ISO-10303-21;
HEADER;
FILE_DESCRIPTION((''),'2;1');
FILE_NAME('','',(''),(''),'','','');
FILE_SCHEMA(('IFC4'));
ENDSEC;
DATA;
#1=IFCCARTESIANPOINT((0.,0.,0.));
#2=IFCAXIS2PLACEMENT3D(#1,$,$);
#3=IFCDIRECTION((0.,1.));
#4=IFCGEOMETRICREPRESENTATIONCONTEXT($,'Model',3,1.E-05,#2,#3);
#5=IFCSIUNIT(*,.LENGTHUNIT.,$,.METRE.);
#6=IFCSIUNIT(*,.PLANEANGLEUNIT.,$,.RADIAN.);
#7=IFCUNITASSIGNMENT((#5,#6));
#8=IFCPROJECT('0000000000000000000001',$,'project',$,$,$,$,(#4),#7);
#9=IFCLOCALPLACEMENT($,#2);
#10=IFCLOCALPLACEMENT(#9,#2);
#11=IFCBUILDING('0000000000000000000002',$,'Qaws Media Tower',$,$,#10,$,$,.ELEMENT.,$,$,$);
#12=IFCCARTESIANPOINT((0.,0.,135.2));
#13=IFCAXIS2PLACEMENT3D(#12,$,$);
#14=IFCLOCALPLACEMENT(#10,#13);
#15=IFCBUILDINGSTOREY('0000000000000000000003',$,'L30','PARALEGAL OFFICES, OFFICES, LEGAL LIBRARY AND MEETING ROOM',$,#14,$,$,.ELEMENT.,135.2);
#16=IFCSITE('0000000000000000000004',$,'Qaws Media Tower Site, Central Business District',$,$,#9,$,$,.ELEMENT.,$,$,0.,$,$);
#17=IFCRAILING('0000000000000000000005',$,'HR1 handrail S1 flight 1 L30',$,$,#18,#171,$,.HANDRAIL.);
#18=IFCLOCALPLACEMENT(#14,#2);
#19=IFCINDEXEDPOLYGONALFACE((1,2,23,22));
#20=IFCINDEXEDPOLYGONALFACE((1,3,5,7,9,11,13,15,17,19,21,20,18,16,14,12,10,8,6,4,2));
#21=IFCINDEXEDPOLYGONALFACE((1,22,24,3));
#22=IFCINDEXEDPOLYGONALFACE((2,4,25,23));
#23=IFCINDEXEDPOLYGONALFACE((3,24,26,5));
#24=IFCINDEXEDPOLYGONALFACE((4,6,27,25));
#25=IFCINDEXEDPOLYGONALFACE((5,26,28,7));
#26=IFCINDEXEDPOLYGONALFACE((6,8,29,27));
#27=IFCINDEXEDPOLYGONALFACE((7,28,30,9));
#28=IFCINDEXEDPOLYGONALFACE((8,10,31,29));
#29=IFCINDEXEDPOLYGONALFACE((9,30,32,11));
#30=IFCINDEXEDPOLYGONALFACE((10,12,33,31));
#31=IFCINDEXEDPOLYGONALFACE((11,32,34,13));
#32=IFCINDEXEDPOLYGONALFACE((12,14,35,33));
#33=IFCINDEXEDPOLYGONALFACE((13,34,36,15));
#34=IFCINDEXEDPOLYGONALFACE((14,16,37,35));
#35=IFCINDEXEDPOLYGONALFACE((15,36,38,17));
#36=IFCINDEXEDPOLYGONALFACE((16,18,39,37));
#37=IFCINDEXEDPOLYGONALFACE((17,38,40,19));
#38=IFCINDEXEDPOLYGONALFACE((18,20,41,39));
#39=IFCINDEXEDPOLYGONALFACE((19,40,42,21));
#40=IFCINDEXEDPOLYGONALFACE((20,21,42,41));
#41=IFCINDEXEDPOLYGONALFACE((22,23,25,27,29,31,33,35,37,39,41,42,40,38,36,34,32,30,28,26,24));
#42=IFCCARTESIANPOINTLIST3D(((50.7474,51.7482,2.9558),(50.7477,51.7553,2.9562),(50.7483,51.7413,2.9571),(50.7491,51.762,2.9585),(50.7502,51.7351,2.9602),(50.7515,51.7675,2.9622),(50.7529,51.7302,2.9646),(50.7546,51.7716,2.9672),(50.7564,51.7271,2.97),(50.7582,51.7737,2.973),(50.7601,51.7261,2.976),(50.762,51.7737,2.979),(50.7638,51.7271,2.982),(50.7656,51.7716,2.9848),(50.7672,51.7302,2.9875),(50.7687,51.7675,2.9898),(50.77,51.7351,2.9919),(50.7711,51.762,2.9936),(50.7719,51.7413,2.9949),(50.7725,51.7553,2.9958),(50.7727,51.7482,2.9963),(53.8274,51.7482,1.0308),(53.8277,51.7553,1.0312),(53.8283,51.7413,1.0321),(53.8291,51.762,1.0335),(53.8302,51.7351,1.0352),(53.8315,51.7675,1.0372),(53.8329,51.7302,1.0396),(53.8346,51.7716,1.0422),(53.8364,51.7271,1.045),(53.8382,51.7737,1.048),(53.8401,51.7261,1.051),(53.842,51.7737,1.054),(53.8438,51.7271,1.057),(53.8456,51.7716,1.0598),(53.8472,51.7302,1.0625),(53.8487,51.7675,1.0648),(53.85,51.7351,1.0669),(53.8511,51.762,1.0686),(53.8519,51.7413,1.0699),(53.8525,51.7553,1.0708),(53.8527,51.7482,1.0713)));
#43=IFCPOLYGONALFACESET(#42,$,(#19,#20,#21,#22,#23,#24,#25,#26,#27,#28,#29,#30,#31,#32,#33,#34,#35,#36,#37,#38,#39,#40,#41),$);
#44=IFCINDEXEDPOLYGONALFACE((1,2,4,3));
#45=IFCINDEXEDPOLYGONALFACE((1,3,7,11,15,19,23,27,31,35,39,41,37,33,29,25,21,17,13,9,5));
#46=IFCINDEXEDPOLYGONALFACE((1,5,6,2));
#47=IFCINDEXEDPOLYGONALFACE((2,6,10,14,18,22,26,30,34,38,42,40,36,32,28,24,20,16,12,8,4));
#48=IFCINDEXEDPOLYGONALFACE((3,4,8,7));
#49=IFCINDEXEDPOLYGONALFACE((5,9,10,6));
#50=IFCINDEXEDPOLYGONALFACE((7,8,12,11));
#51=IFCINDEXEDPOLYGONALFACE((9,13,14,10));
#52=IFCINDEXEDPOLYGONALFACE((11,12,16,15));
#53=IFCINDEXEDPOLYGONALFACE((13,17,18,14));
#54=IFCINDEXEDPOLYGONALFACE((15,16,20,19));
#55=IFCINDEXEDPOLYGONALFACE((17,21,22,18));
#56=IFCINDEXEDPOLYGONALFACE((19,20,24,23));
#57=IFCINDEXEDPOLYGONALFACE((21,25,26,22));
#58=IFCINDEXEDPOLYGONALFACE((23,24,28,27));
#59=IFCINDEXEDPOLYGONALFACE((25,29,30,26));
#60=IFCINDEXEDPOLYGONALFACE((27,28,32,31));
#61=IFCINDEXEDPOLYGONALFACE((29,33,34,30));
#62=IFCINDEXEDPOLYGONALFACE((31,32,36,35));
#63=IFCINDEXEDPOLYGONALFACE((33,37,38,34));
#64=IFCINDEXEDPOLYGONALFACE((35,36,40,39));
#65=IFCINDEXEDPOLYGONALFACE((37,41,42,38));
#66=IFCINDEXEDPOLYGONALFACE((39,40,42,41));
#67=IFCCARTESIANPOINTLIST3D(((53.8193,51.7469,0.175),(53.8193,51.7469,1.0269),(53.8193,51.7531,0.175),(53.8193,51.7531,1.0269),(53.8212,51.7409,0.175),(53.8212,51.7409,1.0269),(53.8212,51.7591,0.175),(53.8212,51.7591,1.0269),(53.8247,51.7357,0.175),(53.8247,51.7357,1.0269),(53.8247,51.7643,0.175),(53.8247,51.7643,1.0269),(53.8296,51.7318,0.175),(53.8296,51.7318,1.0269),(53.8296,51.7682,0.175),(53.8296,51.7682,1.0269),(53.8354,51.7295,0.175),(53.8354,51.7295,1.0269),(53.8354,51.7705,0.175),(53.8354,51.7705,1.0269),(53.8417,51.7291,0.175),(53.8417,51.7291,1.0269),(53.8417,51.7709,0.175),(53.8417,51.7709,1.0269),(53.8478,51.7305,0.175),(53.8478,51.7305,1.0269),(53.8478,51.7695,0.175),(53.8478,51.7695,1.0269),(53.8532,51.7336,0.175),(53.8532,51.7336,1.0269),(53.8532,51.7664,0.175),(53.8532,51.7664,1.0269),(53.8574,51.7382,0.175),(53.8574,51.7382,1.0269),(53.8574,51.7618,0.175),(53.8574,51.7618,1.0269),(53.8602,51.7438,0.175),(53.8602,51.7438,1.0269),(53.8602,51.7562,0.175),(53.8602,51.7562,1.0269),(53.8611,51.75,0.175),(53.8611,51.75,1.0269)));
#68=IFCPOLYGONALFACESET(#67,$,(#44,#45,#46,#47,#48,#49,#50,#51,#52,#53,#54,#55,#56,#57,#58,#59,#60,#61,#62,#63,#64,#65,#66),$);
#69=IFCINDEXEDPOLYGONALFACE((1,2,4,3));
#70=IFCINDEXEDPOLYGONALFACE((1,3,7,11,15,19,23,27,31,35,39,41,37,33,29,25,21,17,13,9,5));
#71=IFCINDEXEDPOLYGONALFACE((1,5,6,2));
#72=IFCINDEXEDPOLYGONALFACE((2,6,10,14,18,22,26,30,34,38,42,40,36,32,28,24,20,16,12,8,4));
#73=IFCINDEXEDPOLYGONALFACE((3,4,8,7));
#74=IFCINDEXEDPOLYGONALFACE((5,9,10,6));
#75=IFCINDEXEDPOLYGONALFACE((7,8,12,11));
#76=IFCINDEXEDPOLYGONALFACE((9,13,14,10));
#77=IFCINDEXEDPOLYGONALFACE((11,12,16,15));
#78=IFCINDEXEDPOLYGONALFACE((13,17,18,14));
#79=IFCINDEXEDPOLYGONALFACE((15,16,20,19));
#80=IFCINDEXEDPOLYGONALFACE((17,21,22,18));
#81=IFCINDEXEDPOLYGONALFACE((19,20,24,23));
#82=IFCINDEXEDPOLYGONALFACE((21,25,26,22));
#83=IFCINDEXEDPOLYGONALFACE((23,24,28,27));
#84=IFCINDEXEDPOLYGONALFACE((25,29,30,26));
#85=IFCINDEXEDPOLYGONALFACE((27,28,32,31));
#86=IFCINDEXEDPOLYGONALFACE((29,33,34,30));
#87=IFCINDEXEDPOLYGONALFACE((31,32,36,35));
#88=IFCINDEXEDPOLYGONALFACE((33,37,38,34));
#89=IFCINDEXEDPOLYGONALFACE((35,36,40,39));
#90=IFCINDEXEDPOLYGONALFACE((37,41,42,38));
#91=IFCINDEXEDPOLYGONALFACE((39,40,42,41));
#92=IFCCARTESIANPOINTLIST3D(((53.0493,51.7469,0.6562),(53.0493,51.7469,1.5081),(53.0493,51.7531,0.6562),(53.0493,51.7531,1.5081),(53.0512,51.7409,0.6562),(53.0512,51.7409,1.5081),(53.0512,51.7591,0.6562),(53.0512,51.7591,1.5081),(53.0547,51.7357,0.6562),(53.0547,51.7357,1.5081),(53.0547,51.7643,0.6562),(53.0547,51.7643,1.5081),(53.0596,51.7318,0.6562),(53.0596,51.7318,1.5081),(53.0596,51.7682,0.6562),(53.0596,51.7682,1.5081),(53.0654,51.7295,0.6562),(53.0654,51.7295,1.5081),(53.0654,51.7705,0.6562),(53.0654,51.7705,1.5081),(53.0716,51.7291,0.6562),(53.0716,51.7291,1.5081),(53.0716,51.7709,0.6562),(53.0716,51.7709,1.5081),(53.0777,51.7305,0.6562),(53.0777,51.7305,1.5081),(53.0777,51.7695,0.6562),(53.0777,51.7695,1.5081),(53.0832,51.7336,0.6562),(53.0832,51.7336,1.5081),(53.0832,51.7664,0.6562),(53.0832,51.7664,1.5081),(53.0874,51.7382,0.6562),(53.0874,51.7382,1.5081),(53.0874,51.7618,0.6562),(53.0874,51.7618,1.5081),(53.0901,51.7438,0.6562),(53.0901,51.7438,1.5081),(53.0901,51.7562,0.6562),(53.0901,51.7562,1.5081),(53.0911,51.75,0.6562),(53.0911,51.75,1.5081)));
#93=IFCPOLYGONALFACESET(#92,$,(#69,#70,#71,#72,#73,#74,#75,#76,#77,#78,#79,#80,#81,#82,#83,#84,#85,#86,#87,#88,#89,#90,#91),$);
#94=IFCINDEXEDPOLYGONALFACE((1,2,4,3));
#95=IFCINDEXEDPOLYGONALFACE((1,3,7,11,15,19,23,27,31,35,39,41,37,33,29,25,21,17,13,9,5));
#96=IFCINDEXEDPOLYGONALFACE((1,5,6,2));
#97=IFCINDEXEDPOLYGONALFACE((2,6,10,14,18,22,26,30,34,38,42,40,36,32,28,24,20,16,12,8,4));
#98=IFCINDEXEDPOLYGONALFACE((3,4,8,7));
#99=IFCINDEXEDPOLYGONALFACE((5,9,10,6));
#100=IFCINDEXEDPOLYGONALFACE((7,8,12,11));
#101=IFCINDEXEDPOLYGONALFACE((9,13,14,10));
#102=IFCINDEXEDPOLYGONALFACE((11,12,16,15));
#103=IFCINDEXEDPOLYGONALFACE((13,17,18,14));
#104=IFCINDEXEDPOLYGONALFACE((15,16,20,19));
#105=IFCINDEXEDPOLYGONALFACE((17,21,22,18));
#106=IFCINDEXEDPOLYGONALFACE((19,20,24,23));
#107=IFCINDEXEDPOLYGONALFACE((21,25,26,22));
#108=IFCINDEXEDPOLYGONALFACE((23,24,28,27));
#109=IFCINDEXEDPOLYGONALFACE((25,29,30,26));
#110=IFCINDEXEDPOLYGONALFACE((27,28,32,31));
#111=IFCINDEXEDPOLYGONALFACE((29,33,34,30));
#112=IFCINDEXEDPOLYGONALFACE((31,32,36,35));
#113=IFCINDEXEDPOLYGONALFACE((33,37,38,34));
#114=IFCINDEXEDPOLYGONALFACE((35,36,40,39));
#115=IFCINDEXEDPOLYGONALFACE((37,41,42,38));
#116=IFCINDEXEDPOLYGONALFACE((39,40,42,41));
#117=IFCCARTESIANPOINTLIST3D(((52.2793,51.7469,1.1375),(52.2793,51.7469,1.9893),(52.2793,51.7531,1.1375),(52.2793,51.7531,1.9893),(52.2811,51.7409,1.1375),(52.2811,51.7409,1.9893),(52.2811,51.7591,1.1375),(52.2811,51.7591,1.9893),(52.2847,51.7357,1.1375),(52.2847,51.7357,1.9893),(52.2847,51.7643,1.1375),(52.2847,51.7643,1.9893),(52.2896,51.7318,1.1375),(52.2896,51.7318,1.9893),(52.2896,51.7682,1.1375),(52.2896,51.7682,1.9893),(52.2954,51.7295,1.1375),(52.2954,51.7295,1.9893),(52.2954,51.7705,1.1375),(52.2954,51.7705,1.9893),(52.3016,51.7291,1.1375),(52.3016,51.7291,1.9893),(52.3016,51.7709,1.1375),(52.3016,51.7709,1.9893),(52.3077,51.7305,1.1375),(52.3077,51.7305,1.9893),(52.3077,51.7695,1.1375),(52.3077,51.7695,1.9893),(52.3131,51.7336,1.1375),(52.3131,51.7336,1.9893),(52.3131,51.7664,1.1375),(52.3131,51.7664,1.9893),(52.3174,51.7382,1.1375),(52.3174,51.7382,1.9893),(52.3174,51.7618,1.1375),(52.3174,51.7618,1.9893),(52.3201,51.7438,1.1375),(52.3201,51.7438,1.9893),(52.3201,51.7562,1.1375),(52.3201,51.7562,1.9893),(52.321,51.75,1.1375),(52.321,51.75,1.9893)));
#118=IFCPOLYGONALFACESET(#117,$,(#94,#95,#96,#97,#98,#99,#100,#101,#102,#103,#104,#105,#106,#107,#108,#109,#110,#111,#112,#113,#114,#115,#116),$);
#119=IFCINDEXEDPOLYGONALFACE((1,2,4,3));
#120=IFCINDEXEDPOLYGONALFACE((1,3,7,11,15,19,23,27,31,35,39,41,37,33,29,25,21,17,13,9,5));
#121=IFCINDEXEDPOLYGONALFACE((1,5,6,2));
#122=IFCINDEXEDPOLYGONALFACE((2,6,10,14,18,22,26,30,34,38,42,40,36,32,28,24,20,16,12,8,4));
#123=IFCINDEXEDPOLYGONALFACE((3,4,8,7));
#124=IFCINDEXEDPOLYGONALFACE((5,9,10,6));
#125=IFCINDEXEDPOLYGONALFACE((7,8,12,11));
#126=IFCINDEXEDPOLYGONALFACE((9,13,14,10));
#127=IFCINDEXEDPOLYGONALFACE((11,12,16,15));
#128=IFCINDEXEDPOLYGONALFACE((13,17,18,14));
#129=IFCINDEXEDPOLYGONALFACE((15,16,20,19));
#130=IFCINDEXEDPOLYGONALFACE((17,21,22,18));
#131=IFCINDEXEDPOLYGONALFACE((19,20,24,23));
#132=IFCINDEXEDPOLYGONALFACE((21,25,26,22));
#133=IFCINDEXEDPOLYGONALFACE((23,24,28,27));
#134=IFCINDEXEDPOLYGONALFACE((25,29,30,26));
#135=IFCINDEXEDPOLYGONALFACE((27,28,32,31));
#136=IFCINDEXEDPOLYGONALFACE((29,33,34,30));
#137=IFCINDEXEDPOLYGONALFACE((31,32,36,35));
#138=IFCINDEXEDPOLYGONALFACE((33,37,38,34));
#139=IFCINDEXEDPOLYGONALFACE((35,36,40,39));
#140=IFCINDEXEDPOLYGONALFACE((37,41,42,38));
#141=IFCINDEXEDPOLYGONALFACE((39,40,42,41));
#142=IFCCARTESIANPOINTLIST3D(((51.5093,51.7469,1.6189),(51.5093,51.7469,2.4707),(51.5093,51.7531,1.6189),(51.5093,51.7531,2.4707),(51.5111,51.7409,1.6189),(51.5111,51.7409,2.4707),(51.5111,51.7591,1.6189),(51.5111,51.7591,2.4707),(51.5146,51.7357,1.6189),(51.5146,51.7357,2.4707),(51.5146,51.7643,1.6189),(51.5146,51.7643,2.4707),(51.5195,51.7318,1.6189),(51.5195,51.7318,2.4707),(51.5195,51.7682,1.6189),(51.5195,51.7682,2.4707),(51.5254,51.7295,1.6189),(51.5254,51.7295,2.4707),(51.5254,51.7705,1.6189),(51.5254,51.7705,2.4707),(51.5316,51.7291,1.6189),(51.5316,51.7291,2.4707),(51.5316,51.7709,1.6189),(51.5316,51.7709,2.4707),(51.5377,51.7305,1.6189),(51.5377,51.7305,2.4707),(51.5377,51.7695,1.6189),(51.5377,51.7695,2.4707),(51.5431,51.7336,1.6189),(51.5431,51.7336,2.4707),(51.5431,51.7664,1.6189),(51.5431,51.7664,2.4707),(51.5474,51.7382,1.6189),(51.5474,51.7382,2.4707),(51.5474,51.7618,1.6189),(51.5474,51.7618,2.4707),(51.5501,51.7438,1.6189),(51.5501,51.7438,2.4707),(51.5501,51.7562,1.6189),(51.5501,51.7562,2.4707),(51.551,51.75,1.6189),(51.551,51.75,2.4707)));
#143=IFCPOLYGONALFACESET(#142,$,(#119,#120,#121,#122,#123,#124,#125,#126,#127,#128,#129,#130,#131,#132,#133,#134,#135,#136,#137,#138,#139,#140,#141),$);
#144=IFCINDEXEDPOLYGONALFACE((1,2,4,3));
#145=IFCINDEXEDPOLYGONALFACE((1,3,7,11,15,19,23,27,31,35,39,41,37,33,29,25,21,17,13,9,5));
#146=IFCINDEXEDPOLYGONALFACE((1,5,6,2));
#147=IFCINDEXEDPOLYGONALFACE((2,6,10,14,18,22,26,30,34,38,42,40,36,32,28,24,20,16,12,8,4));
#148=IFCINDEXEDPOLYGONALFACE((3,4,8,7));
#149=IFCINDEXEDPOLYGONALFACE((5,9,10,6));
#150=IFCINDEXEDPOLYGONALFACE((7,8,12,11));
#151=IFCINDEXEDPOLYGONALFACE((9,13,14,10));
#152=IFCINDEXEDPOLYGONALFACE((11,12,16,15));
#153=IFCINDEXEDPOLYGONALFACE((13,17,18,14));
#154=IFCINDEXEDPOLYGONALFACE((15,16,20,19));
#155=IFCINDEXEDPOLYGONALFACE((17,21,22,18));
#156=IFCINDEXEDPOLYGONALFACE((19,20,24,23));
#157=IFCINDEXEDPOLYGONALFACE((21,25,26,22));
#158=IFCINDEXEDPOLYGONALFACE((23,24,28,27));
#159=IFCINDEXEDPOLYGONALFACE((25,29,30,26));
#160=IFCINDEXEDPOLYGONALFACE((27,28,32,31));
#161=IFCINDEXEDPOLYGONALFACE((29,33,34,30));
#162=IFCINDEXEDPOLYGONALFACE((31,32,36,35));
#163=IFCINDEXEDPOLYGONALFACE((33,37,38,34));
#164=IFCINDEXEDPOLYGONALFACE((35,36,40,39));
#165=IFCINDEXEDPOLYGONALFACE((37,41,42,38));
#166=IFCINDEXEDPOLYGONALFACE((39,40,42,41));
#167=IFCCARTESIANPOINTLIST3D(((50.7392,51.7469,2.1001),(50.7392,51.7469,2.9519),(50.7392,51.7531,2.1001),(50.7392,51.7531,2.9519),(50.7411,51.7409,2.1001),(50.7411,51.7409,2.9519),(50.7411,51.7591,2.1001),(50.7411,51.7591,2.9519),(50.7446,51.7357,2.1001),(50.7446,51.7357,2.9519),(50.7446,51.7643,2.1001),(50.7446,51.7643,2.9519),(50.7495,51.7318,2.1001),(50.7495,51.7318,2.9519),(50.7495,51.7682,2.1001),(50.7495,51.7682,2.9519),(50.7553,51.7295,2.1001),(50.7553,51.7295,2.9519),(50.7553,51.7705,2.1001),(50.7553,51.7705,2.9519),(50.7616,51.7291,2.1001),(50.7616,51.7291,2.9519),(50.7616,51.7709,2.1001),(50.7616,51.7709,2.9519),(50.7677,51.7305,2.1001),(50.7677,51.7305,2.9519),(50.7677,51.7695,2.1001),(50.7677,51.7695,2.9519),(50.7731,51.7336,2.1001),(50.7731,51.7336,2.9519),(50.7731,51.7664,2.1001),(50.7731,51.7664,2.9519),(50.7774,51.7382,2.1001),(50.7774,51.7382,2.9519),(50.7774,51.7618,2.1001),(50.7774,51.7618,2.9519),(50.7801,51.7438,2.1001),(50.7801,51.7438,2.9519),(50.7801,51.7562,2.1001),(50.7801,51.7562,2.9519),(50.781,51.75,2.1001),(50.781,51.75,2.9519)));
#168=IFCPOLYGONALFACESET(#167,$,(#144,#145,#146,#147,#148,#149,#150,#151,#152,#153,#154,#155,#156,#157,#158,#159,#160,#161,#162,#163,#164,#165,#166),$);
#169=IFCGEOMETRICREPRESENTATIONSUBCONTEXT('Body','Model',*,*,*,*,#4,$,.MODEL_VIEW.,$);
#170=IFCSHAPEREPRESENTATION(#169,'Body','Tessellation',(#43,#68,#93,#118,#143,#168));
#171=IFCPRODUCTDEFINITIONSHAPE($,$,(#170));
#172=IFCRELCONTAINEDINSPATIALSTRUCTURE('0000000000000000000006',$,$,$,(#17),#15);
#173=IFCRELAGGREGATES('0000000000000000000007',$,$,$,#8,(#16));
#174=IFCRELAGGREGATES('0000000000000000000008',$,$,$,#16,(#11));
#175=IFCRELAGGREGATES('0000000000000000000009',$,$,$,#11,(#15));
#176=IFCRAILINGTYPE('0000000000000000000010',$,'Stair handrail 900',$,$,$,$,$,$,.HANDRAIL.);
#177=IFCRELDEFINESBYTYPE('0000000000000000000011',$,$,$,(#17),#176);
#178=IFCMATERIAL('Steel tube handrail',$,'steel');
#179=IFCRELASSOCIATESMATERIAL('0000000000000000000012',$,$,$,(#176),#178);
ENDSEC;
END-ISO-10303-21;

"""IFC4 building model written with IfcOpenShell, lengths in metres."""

from ifc_helpers import new_model, si_unit, direction, frame, origin, origin_2d, place, context, subcontext, project, spatial, circle, extrude, material, type_object, element, save


model = new_model("IFC4")

# Units and contexts
model_context = context("Model", 3, precision=1e-05, world=origin(), true_north=direction((0.0, 1.0)))
body_context = subcontext(model_context, "Body", "Model", "MODEL_VIEW")
ifc_project = project(units=[si_unit("LENGTHUNIT", "METRE"), si_unit("PLANEANGLEUNIT", "RADIAN")], contexts=[model_context])

# Site, building, storey
site_placement = place(None, origin())
site = spatial("IfcSite", under=ifc_project, at=site_placement, Name="Qaws Media Tower Site, Central Business District", CompositionType="ELEMENT", RefElevation=0.0)
building_placement = place(site_placement, origin())
building = spatial("IfcBuilding", under=site, at=building_placement, Name="Qaws Media Tower", CompositionType="ELEMENT")
storey_placement = place(building_placement, frame((0.0, 0.0, 135.2)))
storey = spatial("IfcBuildingStorey", under=building, at=storey_placement, Name="L30", Description="PARALEGAL OFFICES, OFFICES, LEGAL LIBRARY AND MEETING ROOM", CompositionType="ELEMENT", Elevation=135.2)

# Railing
ifc_material_1 = material(Name="Steel tube handrail", Category="steel")
railing_type = type_object("IfcRailingType", Name="Stair handrail 900", PredefinedType="HANDRAIL", material=ifc_material_1)
for number, where, name in (
    (1, (53.8401, 51.75, 0.175), "HR1 handrail S1 flight 1 L30"),
):
    element("IfcRailing", number, at=place(storey_placement, frame(where)), inside=storey, type_object=railing_type, Name=name, PredefinedType="HANDRAIL", context=body_context, shape_type="SweptSolid", body=[
        extrude(circle(Radius=0.0239, at=origin_2d()), frame((0.0, 0.0, 0.876), z_axis=(-0.847998, 0.0, 0.529999), x_axis=(0.0, -1.0, 0.0)), (0.0, 0.0, 1.0), 3.6321),
        extrude(circle(Radius=0.021, at=origin_2d()), origin(), (0.0, 0.0, 1.0), 0.8518),
        extrude(circle(Radius=0.021, at=origin_2d()), frame((-0.77, 0.0, 0.4812)), (0.0, 0.0, 1.0), 0.8518),
        extrude(circle(Radius=0.021, at=origin_2d()), frame((-1.54, 0.0, 0.9624)), (0.0, 0.0, 1.0), 0.8518),
        extrude(circle(Radius=0.021, at=origin_2d()), frame((-2.3101, 0.0, 1.4438)), (0.0, 0.0, 1.0), 0.8518),
        extrude(circle(Radius=0.021, at=origin_2d()), frame((-3.0801, 0.0, 1.925)), (0.0, 0.0, 1.0), 0.8518),
    ])

save(model, "model.ifc")
